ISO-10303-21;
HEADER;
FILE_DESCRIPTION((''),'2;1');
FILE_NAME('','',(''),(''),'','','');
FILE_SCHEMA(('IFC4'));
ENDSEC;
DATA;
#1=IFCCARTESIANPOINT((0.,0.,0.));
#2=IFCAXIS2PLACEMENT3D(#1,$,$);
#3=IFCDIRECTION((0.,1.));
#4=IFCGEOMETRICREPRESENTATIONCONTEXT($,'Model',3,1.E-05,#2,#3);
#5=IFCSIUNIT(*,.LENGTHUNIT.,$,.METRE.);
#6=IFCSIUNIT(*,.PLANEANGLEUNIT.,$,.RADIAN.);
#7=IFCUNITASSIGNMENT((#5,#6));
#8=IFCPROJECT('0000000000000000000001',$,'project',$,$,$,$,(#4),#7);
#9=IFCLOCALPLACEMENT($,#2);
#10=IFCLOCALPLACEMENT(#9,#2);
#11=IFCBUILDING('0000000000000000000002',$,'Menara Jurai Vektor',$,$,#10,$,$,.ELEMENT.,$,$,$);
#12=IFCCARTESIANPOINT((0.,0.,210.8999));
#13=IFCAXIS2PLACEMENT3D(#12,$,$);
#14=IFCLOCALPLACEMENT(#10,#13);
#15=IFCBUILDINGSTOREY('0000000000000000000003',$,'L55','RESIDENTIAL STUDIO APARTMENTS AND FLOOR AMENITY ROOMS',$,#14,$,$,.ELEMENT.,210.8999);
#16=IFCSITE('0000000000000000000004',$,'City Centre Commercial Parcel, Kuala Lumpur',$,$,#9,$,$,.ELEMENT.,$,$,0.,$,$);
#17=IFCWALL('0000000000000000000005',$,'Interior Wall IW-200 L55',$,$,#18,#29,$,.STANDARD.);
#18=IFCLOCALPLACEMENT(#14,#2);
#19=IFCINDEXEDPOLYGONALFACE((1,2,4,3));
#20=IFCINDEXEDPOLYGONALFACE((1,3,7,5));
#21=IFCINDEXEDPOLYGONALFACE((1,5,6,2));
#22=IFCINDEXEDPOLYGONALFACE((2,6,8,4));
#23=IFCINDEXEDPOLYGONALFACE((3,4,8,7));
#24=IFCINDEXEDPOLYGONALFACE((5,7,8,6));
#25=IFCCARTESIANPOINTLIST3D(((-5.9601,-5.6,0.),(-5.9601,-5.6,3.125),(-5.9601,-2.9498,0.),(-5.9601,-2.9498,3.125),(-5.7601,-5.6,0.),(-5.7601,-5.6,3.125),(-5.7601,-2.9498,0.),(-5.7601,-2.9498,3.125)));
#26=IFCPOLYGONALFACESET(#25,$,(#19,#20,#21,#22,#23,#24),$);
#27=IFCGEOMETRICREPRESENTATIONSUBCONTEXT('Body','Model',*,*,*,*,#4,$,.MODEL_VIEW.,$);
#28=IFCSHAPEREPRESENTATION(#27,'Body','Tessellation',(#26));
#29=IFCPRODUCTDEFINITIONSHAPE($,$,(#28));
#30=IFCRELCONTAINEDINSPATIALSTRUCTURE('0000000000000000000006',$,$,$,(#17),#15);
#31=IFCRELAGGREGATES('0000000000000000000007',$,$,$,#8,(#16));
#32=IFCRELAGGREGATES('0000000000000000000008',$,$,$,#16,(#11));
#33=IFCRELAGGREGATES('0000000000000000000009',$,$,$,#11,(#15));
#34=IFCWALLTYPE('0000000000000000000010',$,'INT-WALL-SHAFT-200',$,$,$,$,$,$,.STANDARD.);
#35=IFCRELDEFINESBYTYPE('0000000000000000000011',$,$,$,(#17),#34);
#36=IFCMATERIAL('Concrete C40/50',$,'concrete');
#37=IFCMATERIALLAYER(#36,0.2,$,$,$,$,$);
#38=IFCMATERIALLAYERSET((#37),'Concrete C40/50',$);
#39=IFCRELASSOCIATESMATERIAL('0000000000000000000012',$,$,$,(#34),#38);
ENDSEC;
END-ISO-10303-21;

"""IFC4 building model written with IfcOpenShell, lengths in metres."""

from ifc_helpers import new_model, si_unit, direction, frame, frame_2d, origin, place, context, subcontext, project, spatial, rectangle, extrude, material, layer, layer_set, type_object, element, save


model = new_model("IFC4")

# Units and contexts
model_context = context("Model", 3, precision=1e-05, world=origin(), true_north=direction((0.0, 1.0)))
body_context = subcontext(model_context, "Body", "Model", "MODEL_VIEW")
ifc_project = project(units=[si_unit("LENGTHUNIT", "METRE"), si_unit("PLANEANGLEUNIT", "RADIAN")], contexts=[model_context])

# Site, building, storey
site_placement = place(None, origin())
site = spatial("IfcSite", under=ifc_project, at=site_placement, Name="City Centre Commercial Parcel, Kuala Lumpur", CompositionType="ELEMENT", RefElevation=0.0)
building_placement = place(site_placement, origin())
building = spatial("IfcBuilding", under=site, at=building_placement, Name="Menara Jurai Vektor", CompositionType="ELEMENT")
storey_placement = place(building_placement, frame((0.0, 0.0, 210.8999)))
storey = spatial("IfcBuildingStorey", under=building, at=storey_placement, Name="L55", Description="RESIDENTIAL STUDIO APARTMENTS AND FLOOR AMENITY ROOMS", CompositionType="ELEMENT", Elevation=210.8999)

# Shared definitions
ifc_material_1 = material(Name="Concrete C40/50", Category="concrete")

# Shared definitions
ifc_layer_1 = layer(ifc_material_1, 0.2)
ifc_layer_set_1 = layer_set([ifc_layer_1], Name="Concrete C40/50")
wall_type_1 = type_object("IfcWallType", Name="INT-WALL-SHAFT-200", PredefinedType="STANDARD", material=ifc_layer_set_1)

# Wall
wall_1_placement = place(storey_placement, frame((-5.8601, -5.6001, 0.0), z_axis=(0.0, 0.0, 1.0), x_axis=(0.0, 1.0, 0.0)))
element("IfcWall", 1, at=wall_1_placement, inside=storey, type_object=wall_type_1, Name="Interior Wall IW-200 L55", PredefinedType="STANDARD", context=body_context, shape_type="SweptSolid", body=[
    extrude(rectangle(XDim=2.6501, YDim=0.2, at=frame_2d((1.3252, 0.0))), origin(), (0.0, 0.0, 1.0), 3.125),
])

save(model, "model.ifc")
